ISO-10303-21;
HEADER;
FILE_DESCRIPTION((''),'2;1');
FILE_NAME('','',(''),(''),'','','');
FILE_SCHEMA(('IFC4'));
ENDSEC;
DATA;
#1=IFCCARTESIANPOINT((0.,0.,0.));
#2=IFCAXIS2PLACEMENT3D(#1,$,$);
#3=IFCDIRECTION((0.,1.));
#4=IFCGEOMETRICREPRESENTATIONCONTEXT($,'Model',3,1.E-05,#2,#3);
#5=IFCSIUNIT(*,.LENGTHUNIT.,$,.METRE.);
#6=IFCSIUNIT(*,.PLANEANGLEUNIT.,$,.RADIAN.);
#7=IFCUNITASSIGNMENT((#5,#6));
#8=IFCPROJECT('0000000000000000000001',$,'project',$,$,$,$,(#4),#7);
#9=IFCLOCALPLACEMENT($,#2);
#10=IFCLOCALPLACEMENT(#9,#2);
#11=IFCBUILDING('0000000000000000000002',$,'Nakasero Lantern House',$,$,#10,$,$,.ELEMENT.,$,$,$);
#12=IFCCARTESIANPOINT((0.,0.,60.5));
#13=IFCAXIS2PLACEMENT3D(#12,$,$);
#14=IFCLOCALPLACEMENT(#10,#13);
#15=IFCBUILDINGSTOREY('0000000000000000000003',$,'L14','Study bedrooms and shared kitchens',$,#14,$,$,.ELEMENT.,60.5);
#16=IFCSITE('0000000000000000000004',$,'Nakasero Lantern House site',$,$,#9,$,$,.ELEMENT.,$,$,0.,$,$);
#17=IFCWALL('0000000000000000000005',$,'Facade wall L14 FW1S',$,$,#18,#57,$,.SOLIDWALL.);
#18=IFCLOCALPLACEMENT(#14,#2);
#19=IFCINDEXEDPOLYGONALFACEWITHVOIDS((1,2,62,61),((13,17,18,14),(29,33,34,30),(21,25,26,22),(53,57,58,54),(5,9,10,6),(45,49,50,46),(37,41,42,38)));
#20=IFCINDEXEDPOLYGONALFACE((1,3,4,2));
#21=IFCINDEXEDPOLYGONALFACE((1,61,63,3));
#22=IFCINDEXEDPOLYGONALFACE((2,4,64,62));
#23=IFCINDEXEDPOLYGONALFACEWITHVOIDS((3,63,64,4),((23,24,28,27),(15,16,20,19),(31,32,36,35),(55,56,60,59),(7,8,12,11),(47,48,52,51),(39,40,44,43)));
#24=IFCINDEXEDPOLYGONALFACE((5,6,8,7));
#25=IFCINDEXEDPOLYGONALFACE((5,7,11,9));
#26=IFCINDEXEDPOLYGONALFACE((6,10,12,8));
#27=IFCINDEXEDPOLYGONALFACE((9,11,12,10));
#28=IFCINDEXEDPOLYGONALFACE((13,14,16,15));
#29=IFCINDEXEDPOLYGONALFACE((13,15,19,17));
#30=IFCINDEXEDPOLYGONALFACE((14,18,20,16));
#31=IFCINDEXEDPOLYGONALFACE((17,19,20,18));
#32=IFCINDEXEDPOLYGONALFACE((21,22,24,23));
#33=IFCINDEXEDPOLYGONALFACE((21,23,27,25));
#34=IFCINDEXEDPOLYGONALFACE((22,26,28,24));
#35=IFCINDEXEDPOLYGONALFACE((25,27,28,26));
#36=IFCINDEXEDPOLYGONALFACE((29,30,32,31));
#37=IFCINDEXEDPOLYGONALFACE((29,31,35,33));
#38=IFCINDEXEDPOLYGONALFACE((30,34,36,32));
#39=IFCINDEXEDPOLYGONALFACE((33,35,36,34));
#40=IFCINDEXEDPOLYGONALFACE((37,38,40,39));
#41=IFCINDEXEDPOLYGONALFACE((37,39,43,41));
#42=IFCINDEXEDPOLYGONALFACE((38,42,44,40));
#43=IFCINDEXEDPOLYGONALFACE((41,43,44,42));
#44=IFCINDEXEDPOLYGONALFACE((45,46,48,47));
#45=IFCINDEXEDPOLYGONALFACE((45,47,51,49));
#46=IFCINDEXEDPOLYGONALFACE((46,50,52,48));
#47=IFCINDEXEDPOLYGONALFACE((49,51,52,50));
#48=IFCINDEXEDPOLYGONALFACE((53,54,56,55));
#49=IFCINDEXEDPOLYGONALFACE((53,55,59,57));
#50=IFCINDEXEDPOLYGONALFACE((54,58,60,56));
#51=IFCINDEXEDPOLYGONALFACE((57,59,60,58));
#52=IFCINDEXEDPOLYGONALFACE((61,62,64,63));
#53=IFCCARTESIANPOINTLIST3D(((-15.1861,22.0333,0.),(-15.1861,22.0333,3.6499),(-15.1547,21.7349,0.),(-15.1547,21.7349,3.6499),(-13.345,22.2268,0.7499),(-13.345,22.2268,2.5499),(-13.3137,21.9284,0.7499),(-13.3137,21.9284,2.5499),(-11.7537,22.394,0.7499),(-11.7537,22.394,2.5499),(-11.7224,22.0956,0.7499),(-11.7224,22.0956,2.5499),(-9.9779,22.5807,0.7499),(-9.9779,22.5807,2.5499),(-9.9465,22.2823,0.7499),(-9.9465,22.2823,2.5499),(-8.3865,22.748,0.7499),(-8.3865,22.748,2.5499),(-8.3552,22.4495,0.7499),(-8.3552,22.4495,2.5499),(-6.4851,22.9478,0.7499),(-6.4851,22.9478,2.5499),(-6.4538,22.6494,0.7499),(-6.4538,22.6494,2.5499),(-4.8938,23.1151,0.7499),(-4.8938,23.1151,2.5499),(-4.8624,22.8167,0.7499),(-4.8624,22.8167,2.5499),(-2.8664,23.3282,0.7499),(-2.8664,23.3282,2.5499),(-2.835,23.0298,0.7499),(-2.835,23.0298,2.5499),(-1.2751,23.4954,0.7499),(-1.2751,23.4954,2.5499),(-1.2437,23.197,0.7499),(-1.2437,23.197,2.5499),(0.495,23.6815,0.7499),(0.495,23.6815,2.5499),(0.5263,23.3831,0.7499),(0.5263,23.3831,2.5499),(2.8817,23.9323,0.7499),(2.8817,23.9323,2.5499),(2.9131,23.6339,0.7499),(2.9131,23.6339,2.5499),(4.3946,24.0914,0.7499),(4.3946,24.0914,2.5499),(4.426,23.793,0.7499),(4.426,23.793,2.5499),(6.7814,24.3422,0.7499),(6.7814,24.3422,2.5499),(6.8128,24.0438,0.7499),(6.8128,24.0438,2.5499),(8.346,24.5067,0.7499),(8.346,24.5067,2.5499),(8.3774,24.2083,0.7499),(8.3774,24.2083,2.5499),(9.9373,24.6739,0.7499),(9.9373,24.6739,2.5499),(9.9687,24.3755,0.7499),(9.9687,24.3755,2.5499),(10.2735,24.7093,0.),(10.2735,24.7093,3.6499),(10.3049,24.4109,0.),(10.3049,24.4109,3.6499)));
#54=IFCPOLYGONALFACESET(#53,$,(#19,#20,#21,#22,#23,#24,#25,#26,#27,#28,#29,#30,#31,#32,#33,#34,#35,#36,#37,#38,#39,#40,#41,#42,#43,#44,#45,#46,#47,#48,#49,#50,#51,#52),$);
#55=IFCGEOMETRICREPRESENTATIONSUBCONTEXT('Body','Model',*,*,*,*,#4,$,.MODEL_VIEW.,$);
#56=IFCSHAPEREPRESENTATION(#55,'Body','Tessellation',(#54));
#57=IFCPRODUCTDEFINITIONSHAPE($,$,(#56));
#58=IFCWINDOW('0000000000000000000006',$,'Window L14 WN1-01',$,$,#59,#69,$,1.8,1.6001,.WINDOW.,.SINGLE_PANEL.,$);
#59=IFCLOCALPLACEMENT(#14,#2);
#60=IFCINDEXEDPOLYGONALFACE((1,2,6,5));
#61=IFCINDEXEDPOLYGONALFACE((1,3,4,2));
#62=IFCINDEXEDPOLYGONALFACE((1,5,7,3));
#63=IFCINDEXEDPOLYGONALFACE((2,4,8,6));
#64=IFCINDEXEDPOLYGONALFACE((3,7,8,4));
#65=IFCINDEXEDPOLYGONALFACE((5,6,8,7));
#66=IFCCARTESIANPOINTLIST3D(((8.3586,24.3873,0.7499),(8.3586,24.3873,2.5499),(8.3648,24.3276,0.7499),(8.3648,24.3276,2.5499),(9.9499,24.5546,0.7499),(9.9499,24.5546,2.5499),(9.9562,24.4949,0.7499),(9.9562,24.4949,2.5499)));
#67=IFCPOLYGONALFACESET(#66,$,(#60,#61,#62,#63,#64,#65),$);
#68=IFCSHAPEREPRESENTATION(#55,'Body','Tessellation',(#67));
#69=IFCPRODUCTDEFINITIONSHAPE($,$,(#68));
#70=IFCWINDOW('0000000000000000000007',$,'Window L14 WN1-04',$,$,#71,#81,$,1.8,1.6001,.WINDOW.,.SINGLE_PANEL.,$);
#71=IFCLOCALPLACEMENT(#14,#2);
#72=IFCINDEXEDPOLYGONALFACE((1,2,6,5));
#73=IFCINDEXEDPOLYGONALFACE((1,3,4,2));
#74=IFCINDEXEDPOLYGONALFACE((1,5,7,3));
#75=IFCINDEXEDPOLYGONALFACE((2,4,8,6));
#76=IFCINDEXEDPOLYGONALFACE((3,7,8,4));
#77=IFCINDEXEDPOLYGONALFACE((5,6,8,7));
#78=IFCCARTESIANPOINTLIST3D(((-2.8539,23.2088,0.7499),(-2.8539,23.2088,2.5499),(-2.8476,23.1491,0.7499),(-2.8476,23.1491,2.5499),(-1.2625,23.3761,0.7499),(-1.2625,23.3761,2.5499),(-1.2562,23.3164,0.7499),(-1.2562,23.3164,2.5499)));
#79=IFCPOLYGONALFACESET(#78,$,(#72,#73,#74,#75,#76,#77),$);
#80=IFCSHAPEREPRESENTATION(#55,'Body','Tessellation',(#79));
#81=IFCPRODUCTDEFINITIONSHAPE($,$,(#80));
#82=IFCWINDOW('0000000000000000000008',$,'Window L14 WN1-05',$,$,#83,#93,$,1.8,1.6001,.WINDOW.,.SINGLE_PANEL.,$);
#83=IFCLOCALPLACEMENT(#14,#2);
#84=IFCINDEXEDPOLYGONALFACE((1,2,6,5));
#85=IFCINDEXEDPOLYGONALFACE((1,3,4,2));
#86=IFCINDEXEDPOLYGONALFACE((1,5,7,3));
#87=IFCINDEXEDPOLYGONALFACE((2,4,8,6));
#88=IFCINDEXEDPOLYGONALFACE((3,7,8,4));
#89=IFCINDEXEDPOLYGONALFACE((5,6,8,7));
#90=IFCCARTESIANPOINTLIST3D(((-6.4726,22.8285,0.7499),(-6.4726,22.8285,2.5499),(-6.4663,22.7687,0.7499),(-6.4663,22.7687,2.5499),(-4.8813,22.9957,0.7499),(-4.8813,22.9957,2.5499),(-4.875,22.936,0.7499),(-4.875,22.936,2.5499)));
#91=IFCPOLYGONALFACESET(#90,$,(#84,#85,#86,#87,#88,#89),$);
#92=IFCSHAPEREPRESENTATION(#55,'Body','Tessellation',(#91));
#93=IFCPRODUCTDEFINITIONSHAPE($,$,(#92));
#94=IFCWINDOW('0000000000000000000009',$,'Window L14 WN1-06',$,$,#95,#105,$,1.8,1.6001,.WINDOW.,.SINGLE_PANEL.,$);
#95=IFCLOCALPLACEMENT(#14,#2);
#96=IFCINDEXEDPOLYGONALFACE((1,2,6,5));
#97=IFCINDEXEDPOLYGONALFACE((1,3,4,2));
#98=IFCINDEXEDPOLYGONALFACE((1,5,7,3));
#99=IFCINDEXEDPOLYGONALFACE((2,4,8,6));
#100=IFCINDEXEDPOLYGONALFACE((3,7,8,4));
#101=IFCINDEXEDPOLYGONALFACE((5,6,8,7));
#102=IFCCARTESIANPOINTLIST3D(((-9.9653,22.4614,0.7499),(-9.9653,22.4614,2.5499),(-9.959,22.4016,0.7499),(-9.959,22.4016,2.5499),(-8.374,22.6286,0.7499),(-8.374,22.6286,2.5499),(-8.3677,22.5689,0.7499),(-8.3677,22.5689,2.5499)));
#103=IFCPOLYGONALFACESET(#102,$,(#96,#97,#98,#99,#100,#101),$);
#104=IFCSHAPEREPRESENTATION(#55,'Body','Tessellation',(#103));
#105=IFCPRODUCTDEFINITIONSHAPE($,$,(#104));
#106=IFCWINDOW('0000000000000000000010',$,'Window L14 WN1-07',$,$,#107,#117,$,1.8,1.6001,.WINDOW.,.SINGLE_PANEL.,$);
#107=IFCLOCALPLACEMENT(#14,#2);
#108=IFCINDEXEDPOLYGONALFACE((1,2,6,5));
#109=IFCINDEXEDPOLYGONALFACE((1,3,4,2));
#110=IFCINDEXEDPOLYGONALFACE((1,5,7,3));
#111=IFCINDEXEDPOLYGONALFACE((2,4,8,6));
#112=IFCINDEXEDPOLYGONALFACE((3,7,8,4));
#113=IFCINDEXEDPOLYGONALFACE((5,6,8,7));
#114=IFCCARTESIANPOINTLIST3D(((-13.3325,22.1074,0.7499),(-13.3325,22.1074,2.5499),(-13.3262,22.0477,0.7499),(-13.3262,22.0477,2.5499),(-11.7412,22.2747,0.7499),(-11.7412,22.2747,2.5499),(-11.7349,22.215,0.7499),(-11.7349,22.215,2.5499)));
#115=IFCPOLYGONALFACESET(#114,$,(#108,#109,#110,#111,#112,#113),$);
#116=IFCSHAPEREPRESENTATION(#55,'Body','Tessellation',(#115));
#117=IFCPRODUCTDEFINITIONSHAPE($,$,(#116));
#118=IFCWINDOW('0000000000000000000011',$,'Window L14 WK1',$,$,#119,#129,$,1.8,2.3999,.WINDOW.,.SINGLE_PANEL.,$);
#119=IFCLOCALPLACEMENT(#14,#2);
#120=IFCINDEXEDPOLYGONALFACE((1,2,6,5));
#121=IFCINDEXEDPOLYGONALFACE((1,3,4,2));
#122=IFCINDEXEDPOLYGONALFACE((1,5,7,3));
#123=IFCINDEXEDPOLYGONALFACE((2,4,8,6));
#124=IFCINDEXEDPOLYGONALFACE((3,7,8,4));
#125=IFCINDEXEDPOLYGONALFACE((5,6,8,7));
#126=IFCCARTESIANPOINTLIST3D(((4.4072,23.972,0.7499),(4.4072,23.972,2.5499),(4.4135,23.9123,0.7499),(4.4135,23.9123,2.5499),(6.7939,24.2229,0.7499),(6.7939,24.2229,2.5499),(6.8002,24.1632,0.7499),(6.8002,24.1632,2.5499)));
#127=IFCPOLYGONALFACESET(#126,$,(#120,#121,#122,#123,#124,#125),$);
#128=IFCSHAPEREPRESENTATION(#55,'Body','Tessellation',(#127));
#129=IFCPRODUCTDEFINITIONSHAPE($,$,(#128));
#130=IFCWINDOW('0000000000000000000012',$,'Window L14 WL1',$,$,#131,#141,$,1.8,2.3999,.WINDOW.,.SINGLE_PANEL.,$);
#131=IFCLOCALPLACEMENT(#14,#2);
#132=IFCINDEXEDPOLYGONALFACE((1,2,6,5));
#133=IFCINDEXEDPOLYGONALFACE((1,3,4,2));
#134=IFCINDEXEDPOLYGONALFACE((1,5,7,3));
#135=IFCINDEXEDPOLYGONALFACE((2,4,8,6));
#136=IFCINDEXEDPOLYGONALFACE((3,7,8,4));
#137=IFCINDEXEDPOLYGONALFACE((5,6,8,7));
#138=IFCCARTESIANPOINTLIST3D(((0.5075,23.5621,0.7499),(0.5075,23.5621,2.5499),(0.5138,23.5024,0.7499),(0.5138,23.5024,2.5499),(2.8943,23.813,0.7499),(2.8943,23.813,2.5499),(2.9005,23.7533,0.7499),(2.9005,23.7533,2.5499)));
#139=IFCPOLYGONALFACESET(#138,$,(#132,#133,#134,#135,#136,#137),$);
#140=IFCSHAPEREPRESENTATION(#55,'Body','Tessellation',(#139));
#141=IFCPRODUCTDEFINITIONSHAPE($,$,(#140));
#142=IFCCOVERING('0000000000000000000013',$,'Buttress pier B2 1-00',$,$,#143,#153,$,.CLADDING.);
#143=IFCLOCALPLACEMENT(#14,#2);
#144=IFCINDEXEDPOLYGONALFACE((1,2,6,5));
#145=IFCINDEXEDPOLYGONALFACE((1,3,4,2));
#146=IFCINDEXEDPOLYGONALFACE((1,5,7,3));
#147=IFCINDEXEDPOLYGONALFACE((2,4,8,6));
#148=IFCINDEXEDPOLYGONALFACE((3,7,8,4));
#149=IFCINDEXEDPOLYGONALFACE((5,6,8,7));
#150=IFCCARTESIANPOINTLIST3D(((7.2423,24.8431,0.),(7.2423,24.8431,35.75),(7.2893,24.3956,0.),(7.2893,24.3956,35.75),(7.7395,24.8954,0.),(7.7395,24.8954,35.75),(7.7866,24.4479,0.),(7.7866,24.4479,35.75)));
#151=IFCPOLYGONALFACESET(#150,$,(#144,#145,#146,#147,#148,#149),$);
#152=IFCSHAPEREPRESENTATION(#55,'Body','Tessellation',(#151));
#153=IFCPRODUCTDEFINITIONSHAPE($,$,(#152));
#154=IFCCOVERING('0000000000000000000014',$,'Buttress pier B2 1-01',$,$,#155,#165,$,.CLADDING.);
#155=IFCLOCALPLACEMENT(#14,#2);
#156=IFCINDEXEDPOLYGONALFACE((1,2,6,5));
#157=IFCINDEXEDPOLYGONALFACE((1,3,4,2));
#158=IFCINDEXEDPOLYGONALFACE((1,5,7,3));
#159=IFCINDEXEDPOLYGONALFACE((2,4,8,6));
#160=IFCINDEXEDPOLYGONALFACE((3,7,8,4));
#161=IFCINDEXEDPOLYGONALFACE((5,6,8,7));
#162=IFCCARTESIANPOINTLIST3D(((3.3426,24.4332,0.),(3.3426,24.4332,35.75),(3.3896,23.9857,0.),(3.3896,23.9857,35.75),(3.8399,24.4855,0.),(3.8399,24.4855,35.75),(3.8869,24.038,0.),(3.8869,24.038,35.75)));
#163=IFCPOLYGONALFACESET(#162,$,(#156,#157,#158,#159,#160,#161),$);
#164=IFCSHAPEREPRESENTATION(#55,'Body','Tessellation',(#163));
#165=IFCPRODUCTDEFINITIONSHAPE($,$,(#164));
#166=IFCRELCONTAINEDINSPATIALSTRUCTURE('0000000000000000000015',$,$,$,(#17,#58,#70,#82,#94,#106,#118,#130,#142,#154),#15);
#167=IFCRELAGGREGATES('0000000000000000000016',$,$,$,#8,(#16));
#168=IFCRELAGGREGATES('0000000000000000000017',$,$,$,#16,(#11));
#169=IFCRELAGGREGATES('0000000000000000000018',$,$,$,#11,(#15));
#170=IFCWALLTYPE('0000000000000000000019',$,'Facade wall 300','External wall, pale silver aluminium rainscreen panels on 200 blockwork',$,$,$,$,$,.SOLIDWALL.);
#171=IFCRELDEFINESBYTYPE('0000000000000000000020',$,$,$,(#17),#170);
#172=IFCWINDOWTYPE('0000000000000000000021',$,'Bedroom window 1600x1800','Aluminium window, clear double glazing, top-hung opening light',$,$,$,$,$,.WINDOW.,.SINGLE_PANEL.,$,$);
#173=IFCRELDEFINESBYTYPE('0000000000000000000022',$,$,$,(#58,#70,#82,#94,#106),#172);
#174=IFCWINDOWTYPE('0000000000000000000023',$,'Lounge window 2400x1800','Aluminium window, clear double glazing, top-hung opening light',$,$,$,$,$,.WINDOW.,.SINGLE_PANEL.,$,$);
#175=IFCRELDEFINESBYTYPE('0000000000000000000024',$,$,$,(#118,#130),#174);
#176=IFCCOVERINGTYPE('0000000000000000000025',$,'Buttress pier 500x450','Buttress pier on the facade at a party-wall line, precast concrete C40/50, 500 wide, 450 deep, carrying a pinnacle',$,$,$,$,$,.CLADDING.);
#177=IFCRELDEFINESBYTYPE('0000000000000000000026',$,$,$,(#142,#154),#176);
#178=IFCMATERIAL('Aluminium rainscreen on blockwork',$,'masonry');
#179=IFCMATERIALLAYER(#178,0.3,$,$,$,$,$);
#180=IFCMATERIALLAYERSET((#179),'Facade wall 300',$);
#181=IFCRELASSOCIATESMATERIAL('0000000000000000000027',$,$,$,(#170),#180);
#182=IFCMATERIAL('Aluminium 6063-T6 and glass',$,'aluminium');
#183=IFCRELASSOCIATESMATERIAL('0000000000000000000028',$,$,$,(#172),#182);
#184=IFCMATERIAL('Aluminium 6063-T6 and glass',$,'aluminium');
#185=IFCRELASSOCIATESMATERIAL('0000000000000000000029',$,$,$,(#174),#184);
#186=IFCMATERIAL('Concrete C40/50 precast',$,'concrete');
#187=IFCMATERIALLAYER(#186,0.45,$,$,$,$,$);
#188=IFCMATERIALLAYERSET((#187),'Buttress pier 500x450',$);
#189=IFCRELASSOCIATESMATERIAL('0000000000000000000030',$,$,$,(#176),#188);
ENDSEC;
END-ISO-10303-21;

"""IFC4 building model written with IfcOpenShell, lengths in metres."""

from ifc_helpers import new_model, si_unit, direction, frame, frame_2d, origin, origin_2d, place, context, subcontext, project, spatial, rectangle, extrude, material, layer, layer_set, type_object, element, fill, save


model = new_model("IFC4")

# Units and contexts
model_context = context("Model", 3, precision=1e-05, world=origin(), true_north=direction((0.0, 1.0)))
body_context = subcontext(model_context, "Body", "Model", "MODEL_VIEW")
ifc_project = project(units=[si_unit("LENGTHUNIT", "METRE"), si_unit("PLANEANGLEUNIT", "RADIAN")], contexts=[model_context])

# Site, building, storey
site_placement = place(None, origin())
site = spatial("IfcSite", under=ifc_project, at=site_placement, Name="Nakasero Lantern House site", CompositionType="ELEMENT", RefElevation=0.0)
building_placement = place(site_placement, origin())
building = spatial("IfcBuilding", under=site, at=building_placement, Name="Nakasero Lantern House", CompositionType="ELEMENT")
storey_placement = place(building_placement, frame((0.0, 0.0, 60.5)))
storey = spatial("IfcBuildingStorey", under=building, at=storey_placement, Name="L14", Description="Study bedrooms and shared kitchens", CompositionType="ELEMENT", Elevation=60.5)

# Wall, openings, windows
ifc_material_1 = material(Name="Aluminium rainscreen on blockwork", Category="masonry")
ifc_layer_1 = layer(ifc_material_1, 0.3)
ifc_layer_set_1 = layer_set([ifc_layer_1], Name="Facade wall 300")
wall_type_1 = type_object("IfcWallType", Name="Facade wall 300", Description="External wall, pale silver aluminium rainscreen panels on 200 blockwork", PredefinedType="SOLIDWALL", material=ifc_layer_set_1)
wall_1_placement = place(storey_placement, frame((10.2891, 24.5601, 0.0), z_axis=(0.0, 0.0, 1.0), x_axis=(-0.994521, -0.104532, 0.0)))
wall_1 = element("IfcWall", 1, at=wall_1_placement, inside=storey, type_object=wall_type_1, Name="Facade wall L14 FW1S", PredefinedType="SOLIDWALL", context=body_context, shape_type="SweptSolid", body=[
    extrude(rectangle(XDim=25.5999, YDim=0.3, at=frame_2d((12.7998, 0.0))), origin(), (0.0, 0.0, 1.0), 3.6499),
])
opening_1_placement = place(wall_1_placement, frame((0.3379, 0.0, 0.75)))
opening_1 = element("IfcOpeningElement", 2, at=opening_1_placement, cuts=wall_1, PredefinedType="OPENING", context=body_context, shape_type="SweptSolid", body=[
    extrude(rectangle(XDim=1.6001, YDim=1.8, at=frame_2d((0.8, 0.8999))), frame((0.0, 0.1699, 0.0), z_axis=(0.0, -1.0, 0.0), x_axis=(1.0, 0.0, 0.0)), (0.0, 0.0, 1.0), 0.3401),
])
opening_2_placement = place(wall_1_placement, frame((11.6121, 0.0, 0.75)))
opening_2 = element("IfcOpeningElement", 3, at=opening_2_placement, cuts=wall_1, PredefinedType="OPENING", context=body_context, shape_type="SweptSolid", body=[
    extrude(rectangle(XDim=1.6001, YDim=1.8, at=frame_2d((0.8, 0.8999))), frame((0.0, 0.1699, 0.0), z_axis=(0.0, -1.0, 0.0), x_axis=(1.0, 0.0, 0.0)), (0.0, 0.0, 1.0), 0.3401),
])
opening_3_placement = place(wall_1_placement, frame((15.2507, 0.0, 0.75)))
opening_3 = element("IfcOpeningElement", 4, at=opening_3_placement, cuts=wall_1, PredefinedType="OPENING", context=body_context, shape_type="SweptSolid", body=[
    extrude(rectangle(XDim=1.6001, YDim=1.8, at=frame_2d((0.8, 0.8999))), frame((0.0, 0.1699, 0.0), z_axis=(0.0, -1.0, 0.0), x_axis=(1.0, 0.0, 0.0)), (0.0, 0.0, 1.0), 0.3401),
])
opening_4_placement = place(wall_1_placement, frame((18.7627, 0.0, 0.75)))
opening_4 = element("IfcOpeningElement", 5, at=opening_4_placement, cuts=wall_1, PredefinedType="OPENING", context=body_context, shape_type="SweptSolid", body=[
    extrude(rectangle(XDim=1.6001, YDim=1.8, at=frame_2d((0.8, 0.8999))), frame((0.0, 0.1699, 0.0), z_axis=(0.0, -1.0, 0.0), x_axis=(1.0, 0.0, 0.0)), (0.0, 0.0, 1.0), 0.3401),
])
opening_5_placement = place(wall_1_placement, frame((22.1484, 0.0, 0.75)))
opening_5 = element("IfcOpeningElement", 6, at=opening_5_placement, cuts=wall_1, PredefinedType="OPENING", context=body_context, shape_type="SweptSolid", body=[
    extrude(rectangle(XDim=1.6001, YDim=1.8, at=frame_2d((0.8, 0.8999))), frame((0.0, 0.1699, 0.0), z_axis=(0.0, -1.0, 0.0), x_axis=(1.0, 0.0, 0.0)), (0.0, 0.0, 1.0), 0.3401),
])
opening_6_placement = place(wall_1_placement, frame((3.5112, 0.0, 0.75)))
opening_6 = element("IfcOpeningElement", 7, at=opening_6_placement, cuts=wall_1, PredefinedType="OPENING", context=body_context, shape_type="SweptSolid", body=[
    extrude(rectangle(XDim=2.3999, YDim=1.8, at=frame_2d((1.2, 0.8999))), frame((0.0, 0.1699, 0.0), z_axis=(0.0, -1.0, 0.0), x_axis=(1.0, 0.0, 0.0)), (0.0, 0.0, 1.0), 0.3401),
])
opening_7_placement = place(wall_1_placement, frame((7.4324, 0.0, 0.75)))
opening_7 = element("IfcOpeningElement", 8, at=opening_7_placement, cuts=wall_1, PredefinedType="OPENING", context=body_context, shape_type="SweptSolid", body=[
    extrude(rectangle(XDim=2.3999, YDim=1.8, at=frame_2d((1.2, 0.8999))), frame((0.0, 0.1699, 0.0), z_axis=(0.0, -1.0, 0.0), x_axis=(1.0, 0.0, 0.0)), (0.0, 0.0, 1.0), 0.3401),
])
ifc_material_2 = material(Name="Aluminium 6063-T6 and glass", Category="aluminium")
window_type_1 = type_object("IfcWindowType", Name="Bedroom window 1600x1800", Description="Aluminium window, clear double glazing, top-hung opening light", PartitioningType="SINGLE_PANEL", PredefinedType="WINDOW", material=ifc_material_2)
window_1_placement = place(opening_1_placement, origin())
window_1 = element("IfcWindow", 9, at=window_1_placement, inside=storey, type_object=window_type_1, Name="Window L14 WN1-01", OverallHeight=1.8, OverallWidth=1.6001, PartitioningType="SINGLE_PANEL", PredefinedType="WINDOW", context=body_context, shape_type="SweptSolid", body=[
    extrude(rectangle(XDim=1.6001, YDim=1.8, at=frame_2d((0.8, 0.8999))), frame((0.0, 0.03, 0.0), z_axis=(0.0, -1.0, 0.0), x_axis=(1.0, 0.0, 0.0)), (0.0, 0.0, 1.0), 0.0601),
])
fill(opening_1, window_1)
window_2_placement = place(opening_2_placement, origin())
window_2 = element("IfcWindow", 10, at=window_2_placement, inside=storey, type_object=window_type_1, Name="Window L14 WN1-04", OverallHeight=1.8, OverallWidth=1.6001, PartitioningType="SINGLE_PANEL", PredefinedType="WINDOW", context=body_context, shape_type="SweptSolid", body=[
    extrude(rectangle(XDim=1.6001, YDim=1.8, at=frame_2d((0.8, 0.8999))), frame((0.0, 0.03, 0.0), z_axis=(0.0, -1.0, 0.0), x_axis=(1.0, 0.0, 0.0)), (0.0, 0.0, 1.0), 0.0601),
])
fill(opening_2, window_2)
window_3_placement = place(opening_3_placement, origin())
window_3 = element("IfcWindow", 11, at=window_3_placement, inside=storey, type_object=window_type_1, Name="Window L14 WN1-05", OverallHeight=1.8, OverallWidth=1.6001, PartitioningType="SINGLE_PANEL", PredefinedType="WINDOW", context=body_context, shape_type="SweptSolid", body=[
    extrude(rectangle(XDim=1.6001, YDim=1.8, at=frame_2d((0.8, 0.8999))), frame((0.0, 0.03, 0.0), z_axis=(0.0, -1.0, 0.0), x_axis=(1.0, 0.0, 0.0)), (0.0, 0.0, 1.0), 0.0601),
])
fill(opening_3, window_3)
window_4_placement = place(opening_4_placement, origin())
window_4 = element("IfcWindow", 12, at=window_4_placement, inside=storey, type_object=window_type_1, Name="Window L14 WN1-06", OverallHeight=1.8, OverallWidth=1.6001, PartitioningType="SINGLE_PANEL", PredefinedType="WINDOW", context=body_context, shape_type="SweptSolid", body=[
    extrude(rectangle(XDim=1.6001, YDim=1.8, at=frame_2d((0.8, 0.8999))), frame((0.0, 0.03, 0.0), z_axis=(0.0, -1.0, 0.0), x_axis=(1.0, 0.0, 0.0)), (0.0, 0.0, 1.0), 0.0601),
])
fill(opening_4, window_4)
window_5_placement = place(opening_5_placement, origin())
window_5 = element("IfcWindow", 13, at=window_5_placement, inside=storey, type_object=window_type_1, Name="Window L14 WN1-07", OverallHeight=1.8, OverallWidth=1.6001, PartitioningType="SINGLE_PANEL", PredefinedType="WINDOW", context=body_context, shape_type="SweptSolid", body=[
    extrude(rectangle(XDim=1.6001, YDim=1.8, at=frame_2d((0.8, 0.8999))), frame((0.0, 0.03, 0.0), z_axis=(0.0, -1.0, 0.0), x_axis=(1.0, 0.0, 0.0)), (0.0, 0.0, 1.0), 0.0601),
])
fill(opening_5, window_5)
ifc_material_3 = material(Name="Aluminium 6063-T6 and glass", Category="aluminium")
window_type_2 = type_object("IfcWindowType", Name="Lounge window 2400x1800", Description="Aluminium window, clear double glazing, top-hung opening light", PartitioningType="SINGLE_PANEL", PredefinedType="WINDOW", material=ifc_material_3)
window_6_placement = place(opening_6_placement, origin())
window_6 = element("IfcWindow", 14, at=window_6_placement, inside=storey, type_object=window_type_2, Name="Window L14 WK1", OverallHeight=1.8, OverallWidth=2.3999, PartitioningType="SINGLE_PANEL", PredefinedType="WINDOW", context=body_context, shape_type="SweptSolid", body=[
    extrude(rectangle(XDim=2.3999, YDim=1.8, at=frame_2d((1.2, 0.8999))), frame((0.0, 0.03, 0.0), z_axis=(0.0, -1.0, 0.0), x_axis=(1.0, 0.0, 0.0)), (0.0, 0.0, 1.0), 0.0601),
])
fill(opening_6, window_6)
window_7_placement = place(opening_7_placement, origin())
window_7 = element("IfcWindow", 15, at=window_7_placement, inside=storey, type_object=window_type_2, Name="Window L14 WL1", OverallHeight=1.8, OverallWidth=2.3999, PartitioningType="SINGLE_PANEL", PredefinedType="WINDOW", context=body_context, shape_type="SweptSolid", body=[
    extrude(rectangle(XDim=2.3999, YDim=1.8, at=frame_2d((1.2, 0.8999))), frame((0.0, 0.03, 0.0), z_axis=(0.0, -1.0, 0.0), x_axis=(1.0, 0.0, 0.0)), (0.0, 0.0, 1.0), 0.0601),
])
fill(opening_7, window_7)

# Coverings
ifc_material_4 = material(Name="Concrete C40/50 precast", Category="concrete")
ifc_layer_2 = layer(ifc_material_4, 0.45)
ifc_layer_set_2 = layer_set([ifc_layer_2], Name="Buttress pier 500x450")
covering_type = type_object("IfcCoveringType", Name="Buttress pier 500x450", Description="Buttress pier on the facade at a party-wall line, precast concrete C40/50, 500 wide, 450 deep, carrying a pinnacle", PredefinedType="CLADDING", material=ifc_layer_set_2)
for number, where, z_axis, x_axis, name in (
    (16, (7.5144, 24.6455, 0.0), (0.0, 0.0, 1.0), (-0.104528, 0.994522, 0.0), "Buttress pier B2 1-00"),
    (17, (3.6147, 24.2356, 0.0), (0.0, 0.0, 1.0), (-0.104528, 0.994522, 0.0), "Buttress pier B2 1-01"),
):
    element("IfcCovering", number, at=place(storey_placement, frame(where, z_axis=z_axis, x_axis=x_axis)), inside=storey, type_object=covering_type, Name=name, PredefinedType="CLADDING", context=body_context, shape_type="SweptSolid", body=[
        extrude(rectangle(XDim=0.45, YDim=0.5, at=origin_2d()), origin(), (0.0, 0.0, 1.0), 35.75),
    ])

save(model, "model.ifc")
